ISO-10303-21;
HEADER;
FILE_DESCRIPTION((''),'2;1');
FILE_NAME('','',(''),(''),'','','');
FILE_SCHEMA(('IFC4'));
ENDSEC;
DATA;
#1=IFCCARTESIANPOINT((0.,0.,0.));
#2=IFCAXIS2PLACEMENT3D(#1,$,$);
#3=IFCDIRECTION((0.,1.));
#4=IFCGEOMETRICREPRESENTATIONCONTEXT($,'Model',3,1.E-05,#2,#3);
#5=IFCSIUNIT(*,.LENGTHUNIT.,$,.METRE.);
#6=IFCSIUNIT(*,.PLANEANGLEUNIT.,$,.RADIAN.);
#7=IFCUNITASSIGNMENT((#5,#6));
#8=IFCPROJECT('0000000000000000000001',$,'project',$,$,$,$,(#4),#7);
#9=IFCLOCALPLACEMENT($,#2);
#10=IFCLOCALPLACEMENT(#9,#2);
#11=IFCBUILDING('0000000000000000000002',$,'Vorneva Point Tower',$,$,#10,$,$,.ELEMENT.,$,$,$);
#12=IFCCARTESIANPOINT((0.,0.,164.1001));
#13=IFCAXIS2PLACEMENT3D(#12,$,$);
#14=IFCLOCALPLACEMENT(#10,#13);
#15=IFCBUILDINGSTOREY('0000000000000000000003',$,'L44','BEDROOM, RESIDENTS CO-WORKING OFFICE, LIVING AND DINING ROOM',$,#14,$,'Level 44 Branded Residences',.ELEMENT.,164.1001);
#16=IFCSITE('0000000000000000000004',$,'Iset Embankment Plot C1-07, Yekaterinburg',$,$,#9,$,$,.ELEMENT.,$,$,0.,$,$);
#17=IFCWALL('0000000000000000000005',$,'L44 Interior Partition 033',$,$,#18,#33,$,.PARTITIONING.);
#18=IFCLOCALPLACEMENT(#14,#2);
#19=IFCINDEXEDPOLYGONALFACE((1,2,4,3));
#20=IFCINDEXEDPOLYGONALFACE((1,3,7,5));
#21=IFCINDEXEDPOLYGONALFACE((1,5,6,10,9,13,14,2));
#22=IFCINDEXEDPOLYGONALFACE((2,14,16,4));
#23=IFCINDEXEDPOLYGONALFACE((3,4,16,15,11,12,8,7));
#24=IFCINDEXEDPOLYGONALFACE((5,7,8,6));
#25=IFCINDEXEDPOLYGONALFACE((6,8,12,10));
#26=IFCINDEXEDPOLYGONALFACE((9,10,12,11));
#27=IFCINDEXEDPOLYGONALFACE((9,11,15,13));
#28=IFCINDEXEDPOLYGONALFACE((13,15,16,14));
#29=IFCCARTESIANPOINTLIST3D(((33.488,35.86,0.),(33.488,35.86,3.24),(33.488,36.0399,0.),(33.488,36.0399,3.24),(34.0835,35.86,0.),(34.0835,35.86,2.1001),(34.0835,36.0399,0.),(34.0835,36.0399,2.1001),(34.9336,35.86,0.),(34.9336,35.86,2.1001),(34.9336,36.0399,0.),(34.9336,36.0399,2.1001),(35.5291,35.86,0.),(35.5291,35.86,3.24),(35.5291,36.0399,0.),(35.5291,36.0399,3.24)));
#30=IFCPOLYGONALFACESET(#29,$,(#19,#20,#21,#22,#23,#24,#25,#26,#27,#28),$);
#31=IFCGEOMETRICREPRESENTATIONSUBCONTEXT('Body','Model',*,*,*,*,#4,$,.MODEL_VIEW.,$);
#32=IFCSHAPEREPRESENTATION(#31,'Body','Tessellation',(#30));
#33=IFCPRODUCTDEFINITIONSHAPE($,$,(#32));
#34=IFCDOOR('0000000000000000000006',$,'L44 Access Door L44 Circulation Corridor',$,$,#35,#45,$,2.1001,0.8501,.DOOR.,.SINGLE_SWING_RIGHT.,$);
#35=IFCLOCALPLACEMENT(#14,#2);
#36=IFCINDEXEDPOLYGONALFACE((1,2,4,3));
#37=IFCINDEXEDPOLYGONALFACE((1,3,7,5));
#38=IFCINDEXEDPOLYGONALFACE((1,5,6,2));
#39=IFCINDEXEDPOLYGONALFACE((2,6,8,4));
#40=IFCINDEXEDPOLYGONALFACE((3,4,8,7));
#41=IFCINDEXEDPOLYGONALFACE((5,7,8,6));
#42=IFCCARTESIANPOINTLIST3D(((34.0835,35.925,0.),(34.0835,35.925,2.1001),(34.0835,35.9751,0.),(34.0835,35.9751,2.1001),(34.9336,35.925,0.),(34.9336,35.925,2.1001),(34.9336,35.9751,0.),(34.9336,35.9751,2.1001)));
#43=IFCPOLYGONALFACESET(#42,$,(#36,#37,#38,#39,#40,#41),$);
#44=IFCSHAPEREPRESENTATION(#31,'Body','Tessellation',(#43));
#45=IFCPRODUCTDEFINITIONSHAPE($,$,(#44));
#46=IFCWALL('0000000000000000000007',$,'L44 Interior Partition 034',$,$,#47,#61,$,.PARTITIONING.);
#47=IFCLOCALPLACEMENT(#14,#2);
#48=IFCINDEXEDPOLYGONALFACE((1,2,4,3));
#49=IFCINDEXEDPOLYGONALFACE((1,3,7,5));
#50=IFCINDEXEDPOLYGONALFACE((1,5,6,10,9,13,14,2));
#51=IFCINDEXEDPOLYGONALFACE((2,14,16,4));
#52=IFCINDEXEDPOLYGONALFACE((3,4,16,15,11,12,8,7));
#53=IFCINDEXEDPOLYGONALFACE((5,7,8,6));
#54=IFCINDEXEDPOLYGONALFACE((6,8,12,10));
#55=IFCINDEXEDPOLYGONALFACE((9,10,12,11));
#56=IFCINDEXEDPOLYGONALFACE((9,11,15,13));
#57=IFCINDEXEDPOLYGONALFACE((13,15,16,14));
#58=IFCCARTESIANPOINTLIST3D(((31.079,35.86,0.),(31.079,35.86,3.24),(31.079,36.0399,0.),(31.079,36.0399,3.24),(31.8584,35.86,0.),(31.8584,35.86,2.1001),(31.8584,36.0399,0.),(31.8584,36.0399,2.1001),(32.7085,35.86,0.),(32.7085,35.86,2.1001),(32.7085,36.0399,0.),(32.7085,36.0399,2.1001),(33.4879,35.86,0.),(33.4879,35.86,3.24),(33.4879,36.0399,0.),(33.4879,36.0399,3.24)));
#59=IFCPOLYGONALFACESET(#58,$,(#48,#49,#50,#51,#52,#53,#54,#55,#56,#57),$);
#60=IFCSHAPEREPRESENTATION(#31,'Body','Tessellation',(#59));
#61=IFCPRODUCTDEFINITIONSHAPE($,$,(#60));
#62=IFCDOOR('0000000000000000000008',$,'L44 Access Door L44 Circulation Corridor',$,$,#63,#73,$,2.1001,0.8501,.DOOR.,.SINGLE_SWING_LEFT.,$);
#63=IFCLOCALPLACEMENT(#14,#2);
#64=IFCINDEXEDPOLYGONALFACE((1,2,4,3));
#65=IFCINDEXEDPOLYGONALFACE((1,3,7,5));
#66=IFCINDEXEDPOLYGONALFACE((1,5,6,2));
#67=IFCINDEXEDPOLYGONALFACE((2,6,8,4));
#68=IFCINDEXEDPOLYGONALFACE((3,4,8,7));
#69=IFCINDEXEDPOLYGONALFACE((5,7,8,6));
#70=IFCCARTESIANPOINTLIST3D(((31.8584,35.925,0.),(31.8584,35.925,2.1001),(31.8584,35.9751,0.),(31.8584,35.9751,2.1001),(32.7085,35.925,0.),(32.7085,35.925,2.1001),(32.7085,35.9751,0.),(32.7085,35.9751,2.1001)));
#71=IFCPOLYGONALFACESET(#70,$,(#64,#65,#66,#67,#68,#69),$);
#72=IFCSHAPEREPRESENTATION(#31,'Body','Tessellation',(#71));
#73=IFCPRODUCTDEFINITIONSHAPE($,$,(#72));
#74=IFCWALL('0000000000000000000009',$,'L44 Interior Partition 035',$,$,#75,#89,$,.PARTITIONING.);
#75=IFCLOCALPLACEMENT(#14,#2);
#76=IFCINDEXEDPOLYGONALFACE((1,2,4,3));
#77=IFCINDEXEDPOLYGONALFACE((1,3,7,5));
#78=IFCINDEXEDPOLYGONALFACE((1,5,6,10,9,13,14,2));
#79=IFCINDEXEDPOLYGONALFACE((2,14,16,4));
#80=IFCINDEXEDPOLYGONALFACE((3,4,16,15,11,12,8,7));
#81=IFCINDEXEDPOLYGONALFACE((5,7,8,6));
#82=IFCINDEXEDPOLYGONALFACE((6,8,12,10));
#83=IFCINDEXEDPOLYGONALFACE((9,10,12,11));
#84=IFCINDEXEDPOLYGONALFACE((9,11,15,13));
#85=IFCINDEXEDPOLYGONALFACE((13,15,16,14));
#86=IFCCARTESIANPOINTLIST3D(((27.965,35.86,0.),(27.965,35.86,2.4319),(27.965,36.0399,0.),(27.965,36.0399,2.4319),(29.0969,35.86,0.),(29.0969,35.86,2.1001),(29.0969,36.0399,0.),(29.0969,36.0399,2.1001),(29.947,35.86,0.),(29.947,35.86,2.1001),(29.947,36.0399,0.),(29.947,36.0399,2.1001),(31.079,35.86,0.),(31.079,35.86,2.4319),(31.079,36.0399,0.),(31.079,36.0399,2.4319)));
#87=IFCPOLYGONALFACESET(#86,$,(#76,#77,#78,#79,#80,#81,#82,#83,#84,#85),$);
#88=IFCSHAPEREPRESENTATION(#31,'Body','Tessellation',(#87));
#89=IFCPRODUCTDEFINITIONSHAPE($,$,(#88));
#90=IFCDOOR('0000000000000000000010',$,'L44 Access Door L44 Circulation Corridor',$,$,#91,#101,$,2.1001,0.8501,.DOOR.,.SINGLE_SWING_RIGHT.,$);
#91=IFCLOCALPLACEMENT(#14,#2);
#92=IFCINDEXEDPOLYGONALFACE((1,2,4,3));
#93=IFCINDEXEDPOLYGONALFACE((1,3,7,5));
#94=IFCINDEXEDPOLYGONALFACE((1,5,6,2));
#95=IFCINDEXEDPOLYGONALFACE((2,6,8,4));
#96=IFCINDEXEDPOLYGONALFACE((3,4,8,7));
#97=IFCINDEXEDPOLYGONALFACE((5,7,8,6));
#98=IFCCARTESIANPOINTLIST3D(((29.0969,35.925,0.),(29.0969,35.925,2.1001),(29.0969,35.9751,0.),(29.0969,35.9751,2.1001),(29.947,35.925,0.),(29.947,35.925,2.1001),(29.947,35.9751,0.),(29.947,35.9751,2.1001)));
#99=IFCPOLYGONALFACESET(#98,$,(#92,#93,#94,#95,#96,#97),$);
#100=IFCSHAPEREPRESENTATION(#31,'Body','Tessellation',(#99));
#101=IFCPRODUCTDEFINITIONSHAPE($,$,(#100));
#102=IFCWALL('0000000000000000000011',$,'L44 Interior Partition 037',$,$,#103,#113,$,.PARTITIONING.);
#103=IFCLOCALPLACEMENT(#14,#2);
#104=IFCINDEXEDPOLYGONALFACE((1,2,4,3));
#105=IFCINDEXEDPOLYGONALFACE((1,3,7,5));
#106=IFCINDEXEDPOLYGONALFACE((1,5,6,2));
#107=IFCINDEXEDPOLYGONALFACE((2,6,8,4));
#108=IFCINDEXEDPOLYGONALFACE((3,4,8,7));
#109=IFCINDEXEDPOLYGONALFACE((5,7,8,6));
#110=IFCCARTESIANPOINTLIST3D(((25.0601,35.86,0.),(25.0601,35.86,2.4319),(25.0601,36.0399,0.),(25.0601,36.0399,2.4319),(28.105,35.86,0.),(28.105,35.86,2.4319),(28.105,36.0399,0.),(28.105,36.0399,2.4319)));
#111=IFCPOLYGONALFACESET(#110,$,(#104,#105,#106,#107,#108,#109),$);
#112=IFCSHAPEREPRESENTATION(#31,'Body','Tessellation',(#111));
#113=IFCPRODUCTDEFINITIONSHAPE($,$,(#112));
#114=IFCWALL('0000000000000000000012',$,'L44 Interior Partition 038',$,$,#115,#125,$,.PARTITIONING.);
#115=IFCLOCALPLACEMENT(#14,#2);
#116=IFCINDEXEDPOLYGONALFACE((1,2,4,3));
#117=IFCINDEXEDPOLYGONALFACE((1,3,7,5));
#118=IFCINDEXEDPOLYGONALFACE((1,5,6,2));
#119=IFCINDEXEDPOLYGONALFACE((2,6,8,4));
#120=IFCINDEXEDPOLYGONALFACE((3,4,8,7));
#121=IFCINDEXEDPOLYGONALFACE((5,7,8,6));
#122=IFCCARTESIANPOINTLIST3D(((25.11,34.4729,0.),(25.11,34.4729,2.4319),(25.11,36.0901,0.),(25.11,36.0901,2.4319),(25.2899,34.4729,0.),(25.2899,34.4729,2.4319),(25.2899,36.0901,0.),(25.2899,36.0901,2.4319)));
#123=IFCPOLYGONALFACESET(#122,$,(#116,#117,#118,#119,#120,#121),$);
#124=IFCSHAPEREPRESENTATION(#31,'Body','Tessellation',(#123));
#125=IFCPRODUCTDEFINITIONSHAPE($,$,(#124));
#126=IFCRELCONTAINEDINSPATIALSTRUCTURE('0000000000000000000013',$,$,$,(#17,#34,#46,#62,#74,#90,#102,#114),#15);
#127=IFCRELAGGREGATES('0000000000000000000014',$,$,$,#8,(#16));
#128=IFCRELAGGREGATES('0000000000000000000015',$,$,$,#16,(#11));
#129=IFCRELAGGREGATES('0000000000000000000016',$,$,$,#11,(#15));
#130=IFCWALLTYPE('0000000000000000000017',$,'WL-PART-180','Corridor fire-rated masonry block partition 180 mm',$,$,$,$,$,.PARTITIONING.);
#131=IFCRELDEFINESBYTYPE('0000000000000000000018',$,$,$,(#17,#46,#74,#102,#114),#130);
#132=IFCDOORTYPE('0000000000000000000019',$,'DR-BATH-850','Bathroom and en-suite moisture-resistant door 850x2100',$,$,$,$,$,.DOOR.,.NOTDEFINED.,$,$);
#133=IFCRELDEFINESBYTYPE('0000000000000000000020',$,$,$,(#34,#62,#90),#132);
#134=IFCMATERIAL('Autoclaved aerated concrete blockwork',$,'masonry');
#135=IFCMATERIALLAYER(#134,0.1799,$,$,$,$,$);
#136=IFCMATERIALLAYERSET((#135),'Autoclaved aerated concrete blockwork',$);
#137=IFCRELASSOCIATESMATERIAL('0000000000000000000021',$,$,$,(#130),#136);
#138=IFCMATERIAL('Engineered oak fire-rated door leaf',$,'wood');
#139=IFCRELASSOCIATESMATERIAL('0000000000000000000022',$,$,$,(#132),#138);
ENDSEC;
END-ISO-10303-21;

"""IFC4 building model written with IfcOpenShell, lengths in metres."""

from ifc_helpers import new_model, si_unit, direction, frame, frame_2d, origin, place, context, subcontext, project, spatial, rectangle, extrude, material, layer, layer_set, type_object, element, fill, save


model = new_model("IFC4")

# Units and contexts
model_context = context("Model", 3, precision=1e-05, world=origin(), true_north=direction((0.0, 1.0)))
body_context = subcontext(model_context, "Body", "Model", "MODEL_VIEW")
ifc_project = project(units=[si_unit("LENGTHUNIT", "METRE"), si_unit("PLANEANGLEUNIT", "RADIAN")], contexts=[model_context])

# Site, building, storey
site_placement = place(None, origin())
site = spatial("IfcSite", under=ifc_project, at=site_placement, Name="Iset Embankment Plot C1-07, Yekaterinburg", CompositionType="ELEMENT", RefElevation=0.0)
building_placement = place(site_placement, origin())
building = spatial("IfcBuilding", under=site, at=building_placement, Name="Vorneva Point Tower", CompositionType="ELEMENT")
storey_placement = place(building_placement, frame((0.0, 0.0, 164.1001)))
storey = spatial("IfcBuildingStorey", under=building, at=storey_placement, Name="L44", Description="BEDROOM, RESIDENTS CO-WORKING OFFICE, LIVING AND DINING ROOM", LongName="Level 44 Branded Residences", CompositionType="ELEMENT", Elevation=164.1001)

# Shared definitions
ifc_material_1 = material(Name="Autoclaved aerated concrete blockwork", Category="masonry")
ifc_layer_1 = layer(ifc_material_1, 0.1799)
ifc_layer_set_1 = layer_set([ifc_layer_1], Name="Autoclaved aerated concrete blockwork")
wall_type_1 = type_object("IfcWallType", Name="WL-PART-180", Description="Corridor fire-rated masonry block partition 180 mm", PredefinedType="PARTITIONING", material=ifc_layer_set_1)

# Walls, openings, doors
ifc_material_2 = material(Name="Engineered oak fire-rated door leaf", Category="wood")
door_type_1 = type_object("IfcDoorType", Name="DR-BATH-850", Description="Bathroom and en-suite moisture-resistant door 850x2100", OperationType="NOTDEFINED", PredefinedType="DOOR", material=ifc_material_2)
wall_1_placement = place(storey_placement, frame((35.5291, 35.95, 0.0), z_axis=(0.0, 0.0, 1.0), x_axis=(-1.0, 0.0, 0.0)))
wall_1 = element("IfcWall", 1, at=wall_1_placement, inside=storey, type_object=wall_type_1, Name="L44 Interior Partition 033", PredefinedType="PARTITIONING", context=body_context, shape_type="SweptSolid", body=[
    extrude(rectangle(XDim=2.041, YDim=0.1799, at=frame_2d((1.0205, 0.0))), origin(), (0.0, 0.0, 1.0), 3.24),
])
opening_1_placement = place(wall_1_placement, frame((0.5955, 0.0, 0.0)))
opening_1 = element("IfcOpeningElement", 2, at=opening_1_placement, cuts=wall_1, PredefinedType="OPENING", context=body_context, shape_type="SweptSolid", body=[
    extrude(rectangle(XDim=0.8501, YDim=2.1001, at=frame_2d((0.425, 1.05))), frame((0.0, 0.105, 0.0), z_axis=(0.0, -1.0, 0.0), x_axis=(1.0, 0.0, 0.0)), (0.0, 0.0, 1.0), 0.2097),
])
door_1_placement = place(opening_1_placement, origin())
door_1 = element("IfcDoor", 3, at=door_1_placement, inside=storey, type_object=door_type_1, Name="L44 Access Door L44 Circulation Corridor", OperationType="SINGLE_SWING_RIGHT", OverallHeight=2.1001, OverallWidth=0.8501, PredefinedType="DOOR", context=body_context, shape_type="SweptSolid", body=[
    extrude(rectangle(XDim=0.8501, YDim=2.1001, at=frame_2d((0.425, 1.05))), frame((0.0, 0.0249, 0.0), z_axis=(0.0, -1.0, 0.0), x_axis=(1.0, 0.0, 0.0)), (0.0, 0.0, 1.0), 0.05),
])
fill(opening_1, door_1)
wall_2_placement = place(storey_placement, frame((33.488, 35.95, 0.0), z_axis=(0.0, 0.0, 1.0), x_axis=(-1.0, 0.0, 0.0)))
wall_2 = element("IfcWall", 4, at=wall_2_placement, inside=storey, type_object=wall_type_1, Name="L44 Interior Partition 034", PredefinedType="PARTITIONING", context=body_context, shape_type="SweptSolid", body=[
    extrude(rectangle(XDim=2.4089, YDim=0.1799, at=frame_2d((1.2046, 0.0))), origin(), (0.0, 0.0, 1.0), 3.24),
])
opening_2_placement = place(wall_2_placement, frame((0.7795, 0.0, 0.0)))
opening_2 = element("IfcOpeningElement", 5, at=opening_2_placement, cuts=wall_2, PredefinedType="OPENING", context=body_context, shape_type="SweptSolid", body=[
    extrude(rectangle(XDim=0.8501, YDim=2.1001, at=frame_2d((0.425, 1.05))), frame((0.0, 0.105, 0.0), z_axis=(0.0, -1.0, 0.0), x_axis=(1.0, 0.0, 0.0)), (0.0, 0.0, 1.0), 0.2097),
])
door_2_placement = place(opening_2_placement, origin())
door_2 = element("IfcDoor", 6, at=door_2_placement, inside=storey, type_object=door_type_1, Name="L44 Access Door L44 Circulation Corridor", OperationType="SINGLE_SWING_LEFT", OverallHeight=2.1001, OverallWidth=0.8501, PredefinedType="DOOR", context=body_context, shape_type="SweptSolid", body=[
    extrude(rectangle(XDim=0.8501, YDim=2.1001, at=frame_2d((0.425, 1.05))), frame((0.0, 0.0249, 0.0), z_axis=(0.0, -1.0, 0.0), x_axis=(1.0, 0.0, 0.0)), (0.0, 0.0, 1.0), 0.05),
])
fill(opening_2, door_2)
wall_3_placement = place(storey_placement, frame((31.0791, 35.95, 0.0), z_axis=(0.0, 0.0, 1.0), x_axis=(-1.0, 0.0, 0.0)))
wall_3 = element("IfcWall", 7, at=wall_3_placement, inside=storey, type_object=wall_type_1, Name="L44 Interior Partition 035", PredefinedType="PARTITIONING", context=body_context, shape_type="SweptSolid", body=[
    extrude(rectangle(XDim=3.114, YDim=0.1799, at=frame_2d((1.5571, 0.0))), origin(), (0.0, 0.0, 1.0), 2.4319),
])
opening_3_placement = place(wall_3_placement, frame((1.1321, 0.0, 0.0)))
opening_3 = element("IfcOpeningElement", 8, at=opening_3_placement, cuts=wall_3, PredefinedType="OPENING", context=body_context, shape_type="SweptSolid", body=[
    extrude(rectangle(XDim=0.8501, YDim=2.1001, at=frame_2d((0.425, 1.05))), frame((0.0, 0.105, 0.0), z_axis=(0.0, -1.0, 0.0), x_axis=(1.0, 0.0, 0.0)), (0.0, 0.0, 1.0), 0.2097),
])
door_3_placement = place(opening_3_placement, origin())
door_3 = element("IfcDoor", 9, at=door_3_placement, inside=storey, type_object=door_type_1, Name="L44 Access Door L44 Circulation Corridor", OperationType="SINGLE_SWING_RIGHT", OverallHeight=2.1001, OverallWidth=0.8501, PredefinedType="DOOR", context=body_context, shape_type="SweptSolid", body=[
    extrude(rectangle(XDim=0.8501, YDim=2.1001, at=frame_2d((0.425, 1.05))), frame((0.0, 0.0249, 0.0), z_axis=(0.0, -1.0, 0.0), x_axis=(1.0, 0.0, 0.0)), (0.0, 0.0, 1.0), 0.05),
])
fill(opening_3, door_3)

# Walls
wall_4_placement = place(storey_placement, frame((28.105, 35.95, 0.0), z_axis=(0.0, 0.0, 1.0), x_axis=(-1.0, 0.0, 0.0)))
element("IfcWall", 10, at=wall_4_placement, inside=storey, type_object=wall_type_1, Name="L44 Interior Partition 037", PredefinedType="PARTITIONING", context=body_context, shape_type="SweptSolid", body=[
    extrude(rectangle(XDim=3.0449, YDim=0.1799, at=frame_2d((1.5225, 0.0))), origin(), (0.0, 0.0, 1.0), 2.4319),
])
wall_5_placement = place(storey_placement, frame((25.2, 36.0901, 0.0), z_axis=(0.0, 0.0, 1.0), x_axis=(0.0, -1.0, 0.0)))
element("IfcWall", 11, at=wall_5_placement, inside=storey, type_object=wall_type_1, Name="L44 Interior Partition 038", PredefinedType="PARTITIONING", context=body_context, shape_type="SweptSolid", body=[
    extrude(rectangle(XDim=1.6172, YDim=0.1799, at=frame_2d((0.8086, 0.0))), origin(), (0.0, 0.0, 1.0), 2.4319),
])

save(model, "model.ifc")
